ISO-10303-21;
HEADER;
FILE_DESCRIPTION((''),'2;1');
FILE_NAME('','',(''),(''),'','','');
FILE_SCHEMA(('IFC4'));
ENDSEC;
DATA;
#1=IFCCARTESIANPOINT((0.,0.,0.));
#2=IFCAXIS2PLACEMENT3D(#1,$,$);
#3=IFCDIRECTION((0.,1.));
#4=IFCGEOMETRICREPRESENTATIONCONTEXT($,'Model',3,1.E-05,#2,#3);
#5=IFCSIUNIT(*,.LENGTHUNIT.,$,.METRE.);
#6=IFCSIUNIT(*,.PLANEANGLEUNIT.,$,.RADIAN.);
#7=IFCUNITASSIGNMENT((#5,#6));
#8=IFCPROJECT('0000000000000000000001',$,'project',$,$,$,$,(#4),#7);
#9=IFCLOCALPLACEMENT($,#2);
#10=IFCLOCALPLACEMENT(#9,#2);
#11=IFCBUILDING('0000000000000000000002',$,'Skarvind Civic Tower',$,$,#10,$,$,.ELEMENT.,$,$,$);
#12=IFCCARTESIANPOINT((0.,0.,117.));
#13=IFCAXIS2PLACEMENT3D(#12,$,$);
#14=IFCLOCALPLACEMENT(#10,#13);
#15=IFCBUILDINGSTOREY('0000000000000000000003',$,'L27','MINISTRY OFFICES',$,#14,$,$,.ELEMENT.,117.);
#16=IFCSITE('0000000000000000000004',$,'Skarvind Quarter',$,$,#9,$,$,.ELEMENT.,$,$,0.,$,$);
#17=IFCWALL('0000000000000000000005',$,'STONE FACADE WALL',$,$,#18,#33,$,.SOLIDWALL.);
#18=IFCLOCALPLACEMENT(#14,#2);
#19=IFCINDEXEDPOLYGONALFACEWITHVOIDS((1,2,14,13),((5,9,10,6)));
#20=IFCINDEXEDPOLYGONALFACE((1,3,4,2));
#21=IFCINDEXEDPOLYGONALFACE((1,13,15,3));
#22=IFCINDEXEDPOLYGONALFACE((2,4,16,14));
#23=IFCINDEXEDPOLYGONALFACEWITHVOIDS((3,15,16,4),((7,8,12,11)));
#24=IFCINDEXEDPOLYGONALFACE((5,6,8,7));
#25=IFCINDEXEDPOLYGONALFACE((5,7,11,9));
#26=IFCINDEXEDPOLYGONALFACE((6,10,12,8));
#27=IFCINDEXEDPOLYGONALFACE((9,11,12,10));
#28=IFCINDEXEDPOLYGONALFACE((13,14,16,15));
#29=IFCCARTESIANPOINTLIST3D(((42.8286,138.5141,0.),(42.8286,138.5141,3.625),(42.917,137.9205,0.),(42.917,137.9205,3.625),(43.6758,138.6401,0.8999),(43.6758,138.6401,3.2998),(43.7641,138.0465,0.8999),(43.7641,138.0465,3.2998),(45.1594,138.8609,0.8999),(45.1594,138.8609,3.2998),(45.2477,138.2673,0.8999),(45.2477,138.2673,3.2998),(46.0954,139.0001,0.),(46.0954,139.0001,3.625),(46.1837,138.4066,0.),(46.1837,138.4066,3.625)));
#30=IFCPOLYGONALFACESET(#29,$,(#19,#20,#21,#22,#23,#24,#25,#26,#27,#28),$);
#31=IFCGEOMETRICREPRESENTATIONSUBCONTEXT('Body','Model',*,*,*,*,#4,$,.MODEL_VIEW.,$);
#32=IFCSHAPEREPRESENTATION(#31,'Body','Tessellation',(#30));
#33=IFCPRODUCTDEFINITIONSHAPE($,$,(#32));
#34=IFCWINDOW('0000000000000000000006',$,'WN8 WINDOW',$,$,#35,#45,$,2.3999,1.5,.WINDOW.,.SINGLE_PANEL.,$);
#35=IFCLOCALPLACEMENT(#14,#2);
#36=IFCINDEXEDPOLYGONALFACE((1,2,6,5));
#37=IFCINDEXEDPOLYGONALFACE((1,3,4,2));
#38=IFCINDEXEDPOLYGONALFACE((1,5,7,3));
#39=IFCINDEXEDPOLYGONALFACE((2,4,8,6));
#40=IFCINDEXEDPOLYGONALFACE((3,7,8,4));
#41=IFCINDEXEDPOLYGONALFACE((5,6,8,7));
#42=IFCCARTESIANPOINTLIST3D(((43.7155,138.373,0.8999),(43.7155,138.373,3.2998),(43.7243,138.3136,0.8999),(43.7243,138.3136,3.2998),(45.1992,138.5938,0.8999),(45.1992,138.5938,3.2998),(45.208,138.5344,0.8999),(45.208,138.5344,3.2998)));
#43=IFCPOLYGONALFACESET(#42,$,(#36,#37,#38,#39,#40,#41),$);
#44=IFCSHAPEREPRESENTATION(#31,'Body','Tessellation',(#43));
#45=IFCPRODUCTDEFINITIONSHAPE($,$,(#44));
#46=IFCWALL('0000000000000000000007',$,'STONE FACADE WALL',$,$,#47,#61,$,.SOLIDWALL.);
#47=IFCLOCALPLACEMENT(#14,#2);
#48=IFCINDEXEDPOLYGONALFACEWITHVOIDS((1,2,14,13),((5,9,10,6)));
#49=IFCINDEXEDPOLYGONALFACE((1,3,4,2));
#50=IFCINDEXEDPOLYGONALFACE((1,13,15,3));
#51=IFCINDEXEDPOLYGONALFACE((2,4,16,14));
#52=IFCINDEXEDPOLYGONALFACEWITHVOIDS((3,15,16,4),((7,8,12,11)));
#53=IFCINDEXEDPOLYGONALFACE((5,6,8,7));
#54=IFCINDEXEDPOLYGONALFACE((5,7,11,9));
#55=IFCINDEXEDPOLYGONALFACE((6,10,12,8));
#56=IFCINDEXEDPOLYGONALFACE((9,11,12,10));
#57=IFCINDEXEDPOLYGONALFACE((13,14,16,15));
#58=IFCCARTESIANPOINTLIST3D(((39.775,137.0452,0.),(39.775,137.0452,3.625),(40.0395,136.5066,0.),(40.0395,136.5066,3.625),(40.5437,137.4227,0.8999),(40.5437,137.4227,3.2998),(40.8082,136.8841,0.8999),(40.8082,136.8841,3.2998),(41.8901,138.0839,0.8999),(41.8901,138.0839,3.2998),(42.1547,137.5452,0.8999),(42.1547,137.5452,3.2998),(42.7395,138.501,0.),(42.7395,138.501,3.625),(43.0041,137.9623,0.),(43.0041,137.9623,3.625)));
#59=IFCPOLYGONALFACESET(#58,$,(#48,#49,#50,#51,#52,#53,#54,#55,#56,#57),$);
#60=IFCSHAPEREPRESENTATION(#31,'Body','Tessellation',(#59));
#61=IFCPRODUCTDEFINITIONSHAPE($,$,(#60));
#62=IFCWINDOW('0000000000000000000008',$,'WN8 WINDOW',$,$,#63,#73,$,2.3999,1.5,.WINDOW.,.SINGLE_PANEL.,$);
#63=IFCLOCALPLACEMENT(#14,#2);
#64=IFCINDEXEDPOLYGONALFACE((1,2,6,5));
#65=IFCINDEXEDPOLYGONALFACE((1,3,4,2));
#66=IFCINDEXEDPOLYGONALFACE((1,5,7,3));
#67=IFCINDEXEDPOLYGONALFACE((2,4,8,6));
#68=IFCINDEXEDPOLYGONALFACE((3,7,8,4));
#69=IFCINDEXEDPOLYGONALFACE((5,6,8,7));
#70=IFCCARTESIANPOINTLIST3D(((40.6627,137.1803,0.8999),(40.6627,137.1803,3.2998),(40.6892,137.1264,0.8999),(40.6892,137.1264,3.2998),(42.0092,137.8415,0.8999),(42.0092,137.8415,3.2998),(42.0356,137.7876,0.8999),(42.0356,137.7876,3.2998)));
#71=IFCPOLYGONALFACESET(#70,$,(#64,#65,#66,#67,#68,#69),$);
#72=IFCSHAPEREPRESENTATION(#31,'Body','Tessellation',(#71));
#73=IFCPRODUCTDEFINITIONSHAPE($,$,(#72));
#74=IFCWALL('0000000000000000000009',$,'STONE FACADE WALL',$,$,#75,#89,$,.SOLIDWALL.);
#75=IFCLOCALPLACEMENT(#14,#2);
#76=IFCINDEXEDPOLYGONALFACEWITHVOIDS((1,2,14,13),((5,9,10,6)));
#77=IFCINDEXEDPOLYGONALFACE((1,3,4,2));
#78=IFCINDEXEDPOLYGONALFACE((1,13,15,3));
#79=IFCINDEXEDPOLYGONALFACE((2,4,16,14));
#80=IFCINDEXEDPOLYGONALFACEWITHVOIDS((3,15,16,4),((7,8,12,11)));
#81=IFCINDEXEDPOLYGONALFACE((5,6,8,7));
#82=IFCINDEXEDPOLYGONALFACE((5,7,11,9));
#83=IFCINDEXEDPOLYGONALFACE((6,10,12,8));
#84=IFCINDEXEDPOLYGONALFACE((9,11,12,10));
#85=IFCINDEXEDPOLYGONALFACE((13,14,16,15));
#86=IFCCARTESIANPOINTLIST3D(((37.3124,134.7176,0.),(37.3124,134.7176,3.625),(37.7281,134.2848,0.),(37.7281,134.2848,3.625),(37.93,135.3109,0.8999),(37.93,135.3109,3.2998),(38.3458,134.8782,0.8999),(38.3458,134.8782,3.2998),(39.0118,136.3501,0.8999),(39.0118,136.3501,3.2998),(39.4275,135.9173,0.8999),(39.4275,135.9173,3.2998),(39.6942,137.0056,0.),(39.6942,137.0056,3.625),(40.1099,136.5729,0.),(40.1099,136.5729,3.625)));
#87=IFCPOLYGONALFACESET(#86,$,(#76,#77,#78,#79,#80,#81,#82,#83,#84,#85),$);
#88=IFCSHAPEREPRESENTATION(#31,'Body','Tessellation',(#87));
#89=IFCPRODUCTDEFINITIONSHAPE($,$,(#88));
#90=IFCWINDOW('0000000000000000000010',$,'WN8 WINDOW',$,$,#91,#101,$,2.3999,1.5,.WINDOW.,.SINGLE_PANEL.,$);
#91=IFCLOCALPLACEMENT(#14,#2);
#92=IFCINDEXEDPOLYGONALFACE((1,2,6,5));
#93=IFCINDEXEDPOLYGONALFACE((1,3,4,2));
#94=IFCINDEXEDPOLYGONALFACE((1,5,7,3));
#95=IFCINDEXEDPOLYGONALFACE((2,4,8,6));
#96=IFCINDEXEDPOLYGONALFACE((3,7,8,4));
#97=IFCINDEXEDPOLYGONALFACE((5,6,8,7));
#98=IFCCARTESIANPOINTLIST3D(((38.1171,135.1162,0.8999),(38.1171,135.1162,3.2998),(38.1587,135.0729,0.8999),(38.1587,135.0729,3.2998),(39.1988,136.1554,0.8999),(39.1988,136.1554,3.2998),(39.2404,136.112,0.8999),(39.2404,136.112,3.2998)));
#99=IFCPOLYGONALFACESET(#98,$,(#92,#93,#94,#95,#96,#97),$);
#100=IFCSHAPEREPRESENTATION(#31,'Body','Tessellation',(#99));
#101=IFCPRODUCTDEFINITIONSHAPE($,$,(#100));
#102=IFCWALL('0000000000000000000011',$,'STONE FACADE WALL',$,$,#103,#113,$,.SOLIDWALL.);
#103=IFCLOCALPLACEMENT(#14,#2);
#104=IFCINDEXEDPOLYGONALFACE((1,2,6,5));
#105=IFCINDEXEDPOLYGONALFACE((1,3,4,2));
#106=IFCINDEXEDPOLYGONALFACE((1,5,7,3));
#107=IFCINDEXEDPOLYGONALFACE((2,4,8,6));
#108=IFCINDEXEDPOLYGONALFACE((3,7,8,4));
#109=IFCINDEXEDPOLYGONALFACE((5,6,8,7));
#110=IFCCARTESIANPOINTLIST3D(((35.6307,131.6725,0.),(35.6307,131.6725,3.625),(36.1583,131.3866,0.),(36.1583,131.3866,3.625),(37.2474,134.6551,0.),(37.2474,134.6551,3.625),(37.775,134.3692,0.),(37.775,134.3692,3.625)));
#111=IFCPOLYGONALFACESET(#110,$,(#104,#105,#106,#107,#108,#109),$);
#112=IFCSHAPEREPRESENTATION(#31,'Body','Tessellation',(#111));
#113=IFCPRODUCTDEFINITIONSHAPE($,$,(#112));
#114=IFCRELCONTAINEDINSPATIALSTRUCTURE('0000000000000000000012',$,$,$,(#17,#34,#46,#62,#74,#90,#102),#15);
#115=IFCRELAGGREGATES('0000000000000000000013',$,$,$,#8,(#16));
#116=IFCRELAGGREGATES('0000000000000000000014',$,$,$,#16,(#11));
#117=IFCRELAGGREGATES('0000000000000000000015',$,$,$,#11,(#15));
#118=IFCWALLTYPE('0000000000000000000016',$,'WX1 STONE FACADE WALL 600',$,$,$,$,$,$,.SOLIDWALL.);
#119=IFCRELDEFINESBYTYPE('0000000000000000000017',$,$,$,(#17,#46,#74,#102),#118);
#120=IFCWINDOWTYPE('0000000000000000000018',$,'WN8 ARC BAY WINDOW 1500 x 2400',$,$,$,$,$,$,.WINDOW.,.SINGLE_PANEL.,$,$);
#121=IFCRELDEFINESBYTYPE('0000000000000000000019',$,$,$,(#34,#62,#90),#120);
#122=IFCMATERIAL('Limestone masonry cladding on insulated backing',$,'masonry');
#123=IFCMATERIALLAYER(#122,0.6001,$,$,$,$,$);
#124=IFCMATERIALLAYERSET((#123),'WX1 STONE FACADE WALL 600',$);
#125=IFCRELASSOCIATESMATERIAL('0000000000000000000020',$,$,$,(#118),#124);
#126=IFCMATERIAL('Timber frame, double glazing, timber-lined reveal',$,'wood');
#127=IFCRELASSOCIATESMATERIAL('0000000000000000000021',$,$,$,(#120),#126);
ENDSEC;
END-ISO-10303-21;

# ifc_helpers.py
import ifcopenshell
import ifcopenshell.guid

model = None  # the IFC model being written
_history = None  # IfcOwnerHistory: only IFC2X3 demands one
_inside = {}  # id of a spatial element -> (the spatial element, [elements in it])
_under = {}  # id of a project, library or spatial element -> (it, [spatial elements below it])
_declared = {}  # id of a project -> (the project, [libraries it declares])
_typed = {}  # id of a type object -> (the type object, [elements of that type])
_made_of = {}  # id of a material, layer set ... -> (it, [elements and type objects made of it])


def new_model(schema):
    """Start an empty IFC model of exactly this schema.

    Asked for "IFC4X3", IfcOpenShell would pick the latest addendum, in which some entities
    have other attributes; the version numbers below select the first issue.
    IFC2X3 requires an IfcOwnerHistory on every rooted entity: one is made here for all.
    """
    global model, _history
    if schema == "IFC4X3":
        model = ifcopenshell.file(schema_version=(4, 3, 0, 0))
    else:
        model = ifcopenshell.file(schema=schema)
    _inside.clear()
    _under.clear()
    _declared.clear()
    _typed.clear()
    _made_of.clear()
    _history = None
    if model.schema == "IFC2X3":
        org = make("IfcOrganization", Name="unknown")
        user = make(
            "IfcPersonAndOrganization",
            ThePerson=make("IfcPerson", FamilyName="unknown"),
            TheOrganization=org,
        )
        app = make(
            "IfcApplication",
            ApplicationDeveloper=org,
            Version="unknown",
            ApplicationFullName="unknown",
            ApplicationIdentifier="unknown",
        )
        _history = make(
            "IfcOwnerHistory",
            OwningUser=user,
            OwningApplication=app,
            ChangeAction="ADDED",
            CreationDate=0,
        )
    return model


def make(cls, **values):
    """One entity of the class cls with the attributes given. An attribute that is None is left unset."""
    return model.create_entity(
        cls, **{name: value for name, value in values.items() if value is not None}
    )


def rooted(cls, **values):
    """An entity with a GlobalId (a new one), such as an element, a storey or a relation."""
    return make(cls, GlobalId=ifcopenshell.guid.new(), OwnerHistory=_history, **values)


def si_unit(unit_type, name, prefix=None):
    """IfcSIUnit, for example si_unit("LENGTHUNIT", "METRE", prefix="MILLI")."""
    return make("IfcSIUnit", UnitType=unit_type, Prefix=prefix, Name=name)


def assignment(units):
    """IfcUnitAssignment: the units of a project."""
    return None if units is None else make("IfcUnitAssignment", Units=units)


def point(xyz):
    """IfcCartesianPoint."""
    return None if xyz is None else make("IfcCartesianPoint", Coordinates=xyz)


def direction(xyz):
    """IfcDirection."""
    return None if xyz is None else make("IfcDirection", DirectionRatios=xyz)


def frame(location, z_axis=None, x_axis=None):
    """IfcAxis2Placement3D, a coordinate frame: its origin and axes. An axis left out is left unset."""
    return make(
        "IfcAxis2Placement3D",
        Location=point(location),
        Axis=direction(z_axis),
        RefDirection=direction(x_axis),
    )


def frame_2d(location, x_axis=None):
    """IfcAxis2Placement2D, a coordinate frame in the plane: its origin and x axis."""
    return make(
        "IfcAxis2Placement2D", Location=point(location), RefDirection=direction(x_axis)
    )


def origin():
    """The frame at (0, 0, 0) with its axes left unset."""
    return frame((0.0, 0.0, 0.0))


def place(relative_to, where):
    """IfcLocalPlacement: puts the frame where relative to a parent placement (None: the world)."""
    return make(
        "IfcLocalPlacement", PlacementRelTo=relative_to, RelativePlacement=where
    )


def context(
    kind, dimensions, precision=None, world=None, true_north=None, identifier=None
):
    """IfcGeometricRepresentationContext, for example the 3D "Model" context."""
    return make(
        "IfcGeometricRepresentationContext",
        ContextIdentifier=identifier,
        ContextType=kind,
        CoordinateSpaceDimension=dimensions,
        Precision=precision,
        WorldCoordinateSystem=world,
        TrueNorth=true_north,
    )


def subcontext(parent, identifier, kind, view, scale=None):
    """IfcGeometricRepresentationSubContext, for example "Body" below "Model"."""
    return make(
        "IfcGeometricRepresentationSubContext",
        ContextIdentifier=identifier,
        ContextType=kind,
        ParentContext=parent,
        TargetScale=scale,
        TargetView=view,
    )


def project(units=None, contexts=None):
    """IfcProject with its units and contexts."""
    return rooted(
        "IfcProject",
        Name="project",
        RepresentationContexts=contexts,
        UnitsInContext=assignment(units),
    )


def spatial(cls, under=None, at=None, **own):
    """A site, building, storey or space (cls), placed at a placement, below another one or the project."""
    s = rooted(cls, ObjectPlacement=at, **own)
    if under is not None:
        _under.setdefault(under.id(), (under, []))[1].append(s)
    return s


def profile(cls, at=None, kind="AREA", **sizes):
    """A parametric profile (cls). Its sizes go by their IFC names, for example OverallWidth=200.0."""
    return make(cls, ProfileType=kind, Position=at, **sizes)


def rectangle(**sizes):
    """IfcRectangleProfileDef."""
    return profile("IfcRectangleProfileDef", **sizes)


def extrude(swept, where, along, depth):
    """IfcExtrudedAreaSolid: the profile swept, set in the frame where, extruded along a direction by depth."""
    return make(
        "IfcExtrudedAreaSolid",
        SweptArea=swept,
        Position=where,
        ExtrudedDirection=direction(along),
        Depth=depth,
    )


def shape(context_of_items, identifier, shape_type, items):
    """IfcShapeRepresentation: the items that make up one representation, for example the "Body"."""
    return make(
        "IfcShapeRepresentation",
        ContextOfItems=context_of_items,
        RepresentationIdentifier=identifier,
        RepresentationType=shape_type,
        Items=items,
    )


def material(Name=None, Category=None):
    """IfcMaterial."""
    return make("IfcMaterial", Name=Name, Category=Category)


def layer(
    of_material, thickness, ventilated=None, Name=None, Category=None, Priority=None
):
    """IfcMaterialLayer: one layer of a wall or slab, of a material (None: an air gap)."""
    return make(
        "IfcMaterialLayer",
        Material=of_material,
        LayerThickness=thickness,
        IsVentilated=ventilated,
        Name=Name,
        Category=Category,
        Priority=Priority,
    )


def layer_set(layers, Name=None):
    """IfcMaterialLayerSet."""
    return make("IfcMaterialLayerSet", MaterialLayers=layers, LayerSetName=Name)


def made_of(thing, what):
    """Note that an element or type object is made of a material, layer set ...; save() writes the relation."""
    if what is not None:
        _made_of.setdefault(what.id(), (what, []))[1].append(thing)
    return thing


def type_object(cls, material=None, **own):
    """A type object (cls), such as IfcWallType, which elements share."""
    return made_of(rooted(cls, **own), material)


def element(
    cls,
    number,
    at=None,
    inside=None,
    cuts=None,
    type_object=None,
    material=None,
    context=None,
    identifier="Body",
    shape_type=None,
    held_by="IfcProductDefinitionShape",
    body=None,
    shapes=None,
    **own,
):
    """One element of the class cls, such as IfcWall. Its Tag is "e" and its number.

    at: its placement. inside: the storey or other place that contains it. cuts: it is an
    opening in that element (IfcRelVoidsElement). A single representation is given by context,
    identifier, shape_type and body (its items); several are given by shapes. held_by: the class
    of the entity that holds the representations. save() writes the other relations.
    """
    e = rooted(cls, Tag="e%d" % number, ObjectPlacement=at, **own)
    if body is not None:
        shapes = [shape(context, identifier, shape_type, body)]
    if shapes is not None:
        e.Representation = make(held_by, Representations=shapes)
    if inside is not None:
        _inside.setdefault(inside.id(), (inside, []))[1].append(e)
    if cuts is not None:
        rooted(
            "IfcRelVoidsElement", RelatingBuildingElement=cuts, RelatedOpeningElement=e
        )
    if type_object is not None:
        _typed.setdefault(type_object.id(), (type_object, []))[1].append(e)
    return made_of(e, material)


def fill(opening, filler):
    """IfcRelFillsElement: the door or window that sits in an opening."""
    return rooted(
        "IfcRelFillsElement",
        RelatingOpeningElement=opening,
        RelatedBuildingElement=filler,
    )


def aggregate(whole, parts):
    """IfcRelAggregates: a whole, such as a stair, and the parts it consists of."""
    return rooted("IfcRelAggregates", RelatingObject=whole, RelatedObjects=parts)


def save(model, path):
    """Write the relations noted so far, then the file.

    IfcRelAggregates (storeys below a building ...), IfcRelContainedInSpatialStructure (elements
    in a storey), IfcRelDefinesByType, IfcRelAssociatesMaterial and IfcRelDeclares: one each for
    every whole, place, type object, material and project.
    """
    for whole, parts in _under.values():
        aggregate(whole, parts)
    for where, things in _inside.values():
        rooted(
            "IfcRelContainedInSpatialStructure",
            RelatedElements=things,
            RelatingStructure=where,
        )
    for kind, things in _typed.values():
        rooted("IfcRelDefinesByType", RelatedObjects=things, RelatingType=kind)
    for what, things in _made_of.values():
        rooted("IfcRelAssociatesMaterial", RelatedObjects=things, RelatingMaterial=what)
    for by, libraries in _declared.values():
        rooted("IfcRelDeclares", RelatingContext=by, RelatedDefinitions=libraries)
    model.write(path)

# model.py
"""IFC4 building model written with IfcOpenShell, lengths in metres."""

from ifc_helpers import new_model, si_unit, direction, frame, frame_2d, origin, place, context, subcontext, project, spatial, rectangle, extrude, material, layer, layer_set, type_object, element, fill, save


model = new_model("IFC4")

# Units and contexts
model_context = context("Model", 3, precision=1e-05, world=origin(), true_north=direction((0.0, 1.0)))
body_context = subcontext(model_context, "Body", "Model", "MODEL_VIEW")
ifc_project = project(units=[si_unit("LENGTHUNIT", "METRE"), si_unit("PLANEANGLEUNIT", "RADIAN")], contexts=[model_context])

# Site, building, storey
site_placement = place(None, origin())
site = spatial("IfcSite", under=ifc_project, at=site_placement, Name="Skarvind Quarter", CompositionType="ELEMENT", RefElevation=0.0)
building_placement = place(site_placement, origin())
building = spatial("IfcBuilding", under=site, at=building_placement, Name="Skarvind Civic Tower", CompositionType="ELEMENT")
storey_placement = place(building_placement, frame((0.0, 0.0, 117.0)))
storey = spatial("IfcBuildingStorey", under=building, at=storey_placement, Name="L27", Description="MINISTRY OFFICES", CompositionType="ELEMENT", Elevation=117.0)

# Walls, openings, windows
ifc_material_1 = material(Name="Limestone masonry cladding on insulated backing", Category="masonry")
ifc_layer_1 = layer(ifc_material_1, 0.6001)
ifc_layer_set_1 = layer_set([ifc_layer_1], Name="WX1 STONE FACADE WALL 600")
wall_type_1 = type_object("IfcWallType", Name="WX1 STONE FACADE WALL 600", PredefinedType="SOLIDWALL", material=ifc_layer_set_1)
wall_1_placement = place(storey_placement, frame((42.8728, 138.2173, 0.0), z_axis=(0.0, 0.0, 1.0), x_axis=(0.989111, 0.147173, 0.0)))
wall_1 = element("IfcWall", 1, at=wall_1_placement, inside=storey, type_object=wall_type_1, Name="STONE FACADE WALL", PredefinedType="SOLIDWALL", context=body_context, shape_type="SweptSolid", body=[
    extrude(rectangle(XDim=3.3027, YDim=0.6001, at=frame_2d((1.6514, 0.0))), origin(), (0.0, 0.0, 1.0), 3.625),
])
opening_1_placement = place(wall_1_placement, frame((0.8564, 0.0, 0.8999)))
opening_1 = element("IfcOpeningElement", 2, at=opening_1_placement, cuts=wall_1, PredefinedType="OPENING", context=body_context, shape_type="SweptSolid", body=[
    extrude(rectangle(XDim=1.5, YDim=2.3999, at=frame_2d((0.75, 1.2))), frame((0.0, 0.3101, 0.0), z_axis=(0.0, -1.0, 0.0), x_axis=(1.0, 0.0, 0.0)), (0.0, 0.0, 1.0), 0.6201),
])
ifc_material_2 = material(Name="Timber frame, double glazing, timber-lined reveal", Category="wood")
window_type = type_object("IfcWindowType", Name="WN8 ARC BAY WINDOW 1500 x 2400", PartitioningType="SINGLE_PANEL", PredefinedType="WINDOW", material=ifc_material_2)
window_1_placement = place(opening_1_placement, origin())
window_1 = element("IfcWindow", 3, at=window_1_placement, inside=storey, type_object=window_type, Name="WN8 WINDOW", OverallHeight=2.3999, OverallWidth=1.5, PartitioningType="SINGLE_PANEL", PredefinedType="WINDOW", context=body_context, shape_type="SweptSolid", body=[
    extrude(rectangle(XDim=1.5, YDim=2.3999, at=frame_2d((0.75, 1.2))), frame((0.0, 0.03, 0.0), z_axis=(0.0, -1.0, 0.0), x_axis=(1.0, 0.0, 0.0)), (0.0, 0.0, 1.0), 0.0601),
])
fill(opening_1, window_1)
wall_2_placement = place(storey_placement, frame((39.9072, 136.7759, 0.0), z_axis=(0.0, 0.0, 1.0), x_axis=(0.897612, 0.440786, 0.0)))
wall_2 = element("IfcWall", 4, at=wall_2_placement, inside=storey, type_object=wall_type_1, Name="STONE FACADE WALL", PredefinedType="SOLIDWALL", context=body_context, shape_type="SweptSolid", body=[
    extrude(rectangle(XDim=3.3027, YDim=0.6001, at=frame_2d((1.6514, 0.0))), origin(), (0.0, 0.0, 1.0), 3.625),
])
opening_2_placement = place(wall_2_placement, frame((0.8564, 0.0, 0.8999)))
opening_2 = element("IfcOpeningElement", 5, at=opening_2_placement, cuts=wall_2, PredefinedType="OPENING", context=body_context, shape_type="SweptSolid", body=[
    extrude(rectangle(XDim=1.5, YDim=2.3999, at=frame_2d((0.75, 1.2))), frame((0.0, 0.3101, 0.0), z_axis=(0.0, -1.0, 0.0), x_axis=(1.0, 0.0, 0.0)), (0.0, 0.0, 1.0), 0.6201),
])
window_2_placement = place(opening_2_placement, origin())
window_2 = element("IfcWindow", 6, at=window_2_placement, inside=storey, type_object=window_type, Name="WN8 WINDOW", OverallHeight=2.3999, OverallWidth=1.5, PartitioningType="SINGLE_PANEL", PredefinedType="WINDOW", context=body_context, shape_type="SweptSolid", body=[
    extrude(rectangle(XDim=1.5, YDim=2.3999, at=frame_2d((0.75, 1.2))), frame((0.0, 0.03, 0.0), z_axis=(0.0, -1.0, 0.0), x_axis=(1.0, 0.0, 0.0)), (0.0, 0.0, 1.0), 0.0601),
])
fill(opening_2, window_2)
wall_3_placement = place(storey_placement, frame((37.5203, 134.5012, 0.0), z_axis=(0.0, 0.0, 1.0), x_axis=(0.721157, 0.692772, 0.0)))
wall_3 = element("IfcWall", 7, at=wall_3_placement, inside=storey, type_object=wall_type_1, Name="STONE FACADE WALL", PredefinedType="SOLIDWALL", context=body_context, shape_type="SweptSolid", body=[
    extrude(rectangle(XDim=3.3027, YDim=0.6001, at=frame_2d((1.6514, 0.0))), origin(), (0.0, 0.0, 1.0), 3.625),
])
opening_3_placement = place(wall_3_placement, frame((0.8564, 0.0, 0.8999)))
opening_3 = element("IfcOpeningElement", 8, at=opening_3_placement, cuts=wall_3, PredefinedType="OPENING", context=body_context, shape_type="SweptSolid", body=[
    extrude(rectangle(XDim=1.5, YDim=2.3999, at=frame_2d((0.75, 1.2))), frame((0.0, 0.3101, 0.0), z_axis=(0.0, -1.0, 0.0), x_axis=(1.0, 0.0, 0.0)), (0.0, 0.0, 1.0), 0.6201),
])
window_3_placement = place(opening_3_placement, origin())
window_3 = element("IfcWindow", 9, at=window_3_placement, inside=storey, type_object=window_type, Name="WN8 WINDOW", OverallHeight=2.3999, OverallWidth=1.5, PartitioningType="SINGLE_PANEL", PredefinedType="WINDOW", context=body_context, shape_type="SweptSolid", body=[
    extrude(rectangle(XDim=1.5, YDim=2.3999, at=frame_2d((0.75, 1.2))), frame((0.0, 0.03, 0.0), z_axis=(0.0, -1.0, 0.0), x_axis=(1.0, 0.0, 0.0)), (0.0, 0.0, 1.0), 0.0601),
])
fill(opening_3, window_3)

# Wall
wall_4_placement = place(storey_placement, frame((35.8945, 131.5295, 0.0), z_axis=(0.0, 0.0, 1.0), x_axis=(0.476531, 0.879158, 0.0)))
element("IfcWall", 10, at=wall_4_placement, inside=storey, type_object=wall_type_1, Name="STONE FACADE WALL", PredefinedType="SOLIDWALL", context=body_context, shape_type="SweptSolid", body=[
    extrude(rectangle(XDim=3.3926, YDim=0.6001, at=frame_2d((1.6963, 0.0))), origin(), (0.0, 0.0, 1.0), 3.625),
])

save(model, "model.ifc")
